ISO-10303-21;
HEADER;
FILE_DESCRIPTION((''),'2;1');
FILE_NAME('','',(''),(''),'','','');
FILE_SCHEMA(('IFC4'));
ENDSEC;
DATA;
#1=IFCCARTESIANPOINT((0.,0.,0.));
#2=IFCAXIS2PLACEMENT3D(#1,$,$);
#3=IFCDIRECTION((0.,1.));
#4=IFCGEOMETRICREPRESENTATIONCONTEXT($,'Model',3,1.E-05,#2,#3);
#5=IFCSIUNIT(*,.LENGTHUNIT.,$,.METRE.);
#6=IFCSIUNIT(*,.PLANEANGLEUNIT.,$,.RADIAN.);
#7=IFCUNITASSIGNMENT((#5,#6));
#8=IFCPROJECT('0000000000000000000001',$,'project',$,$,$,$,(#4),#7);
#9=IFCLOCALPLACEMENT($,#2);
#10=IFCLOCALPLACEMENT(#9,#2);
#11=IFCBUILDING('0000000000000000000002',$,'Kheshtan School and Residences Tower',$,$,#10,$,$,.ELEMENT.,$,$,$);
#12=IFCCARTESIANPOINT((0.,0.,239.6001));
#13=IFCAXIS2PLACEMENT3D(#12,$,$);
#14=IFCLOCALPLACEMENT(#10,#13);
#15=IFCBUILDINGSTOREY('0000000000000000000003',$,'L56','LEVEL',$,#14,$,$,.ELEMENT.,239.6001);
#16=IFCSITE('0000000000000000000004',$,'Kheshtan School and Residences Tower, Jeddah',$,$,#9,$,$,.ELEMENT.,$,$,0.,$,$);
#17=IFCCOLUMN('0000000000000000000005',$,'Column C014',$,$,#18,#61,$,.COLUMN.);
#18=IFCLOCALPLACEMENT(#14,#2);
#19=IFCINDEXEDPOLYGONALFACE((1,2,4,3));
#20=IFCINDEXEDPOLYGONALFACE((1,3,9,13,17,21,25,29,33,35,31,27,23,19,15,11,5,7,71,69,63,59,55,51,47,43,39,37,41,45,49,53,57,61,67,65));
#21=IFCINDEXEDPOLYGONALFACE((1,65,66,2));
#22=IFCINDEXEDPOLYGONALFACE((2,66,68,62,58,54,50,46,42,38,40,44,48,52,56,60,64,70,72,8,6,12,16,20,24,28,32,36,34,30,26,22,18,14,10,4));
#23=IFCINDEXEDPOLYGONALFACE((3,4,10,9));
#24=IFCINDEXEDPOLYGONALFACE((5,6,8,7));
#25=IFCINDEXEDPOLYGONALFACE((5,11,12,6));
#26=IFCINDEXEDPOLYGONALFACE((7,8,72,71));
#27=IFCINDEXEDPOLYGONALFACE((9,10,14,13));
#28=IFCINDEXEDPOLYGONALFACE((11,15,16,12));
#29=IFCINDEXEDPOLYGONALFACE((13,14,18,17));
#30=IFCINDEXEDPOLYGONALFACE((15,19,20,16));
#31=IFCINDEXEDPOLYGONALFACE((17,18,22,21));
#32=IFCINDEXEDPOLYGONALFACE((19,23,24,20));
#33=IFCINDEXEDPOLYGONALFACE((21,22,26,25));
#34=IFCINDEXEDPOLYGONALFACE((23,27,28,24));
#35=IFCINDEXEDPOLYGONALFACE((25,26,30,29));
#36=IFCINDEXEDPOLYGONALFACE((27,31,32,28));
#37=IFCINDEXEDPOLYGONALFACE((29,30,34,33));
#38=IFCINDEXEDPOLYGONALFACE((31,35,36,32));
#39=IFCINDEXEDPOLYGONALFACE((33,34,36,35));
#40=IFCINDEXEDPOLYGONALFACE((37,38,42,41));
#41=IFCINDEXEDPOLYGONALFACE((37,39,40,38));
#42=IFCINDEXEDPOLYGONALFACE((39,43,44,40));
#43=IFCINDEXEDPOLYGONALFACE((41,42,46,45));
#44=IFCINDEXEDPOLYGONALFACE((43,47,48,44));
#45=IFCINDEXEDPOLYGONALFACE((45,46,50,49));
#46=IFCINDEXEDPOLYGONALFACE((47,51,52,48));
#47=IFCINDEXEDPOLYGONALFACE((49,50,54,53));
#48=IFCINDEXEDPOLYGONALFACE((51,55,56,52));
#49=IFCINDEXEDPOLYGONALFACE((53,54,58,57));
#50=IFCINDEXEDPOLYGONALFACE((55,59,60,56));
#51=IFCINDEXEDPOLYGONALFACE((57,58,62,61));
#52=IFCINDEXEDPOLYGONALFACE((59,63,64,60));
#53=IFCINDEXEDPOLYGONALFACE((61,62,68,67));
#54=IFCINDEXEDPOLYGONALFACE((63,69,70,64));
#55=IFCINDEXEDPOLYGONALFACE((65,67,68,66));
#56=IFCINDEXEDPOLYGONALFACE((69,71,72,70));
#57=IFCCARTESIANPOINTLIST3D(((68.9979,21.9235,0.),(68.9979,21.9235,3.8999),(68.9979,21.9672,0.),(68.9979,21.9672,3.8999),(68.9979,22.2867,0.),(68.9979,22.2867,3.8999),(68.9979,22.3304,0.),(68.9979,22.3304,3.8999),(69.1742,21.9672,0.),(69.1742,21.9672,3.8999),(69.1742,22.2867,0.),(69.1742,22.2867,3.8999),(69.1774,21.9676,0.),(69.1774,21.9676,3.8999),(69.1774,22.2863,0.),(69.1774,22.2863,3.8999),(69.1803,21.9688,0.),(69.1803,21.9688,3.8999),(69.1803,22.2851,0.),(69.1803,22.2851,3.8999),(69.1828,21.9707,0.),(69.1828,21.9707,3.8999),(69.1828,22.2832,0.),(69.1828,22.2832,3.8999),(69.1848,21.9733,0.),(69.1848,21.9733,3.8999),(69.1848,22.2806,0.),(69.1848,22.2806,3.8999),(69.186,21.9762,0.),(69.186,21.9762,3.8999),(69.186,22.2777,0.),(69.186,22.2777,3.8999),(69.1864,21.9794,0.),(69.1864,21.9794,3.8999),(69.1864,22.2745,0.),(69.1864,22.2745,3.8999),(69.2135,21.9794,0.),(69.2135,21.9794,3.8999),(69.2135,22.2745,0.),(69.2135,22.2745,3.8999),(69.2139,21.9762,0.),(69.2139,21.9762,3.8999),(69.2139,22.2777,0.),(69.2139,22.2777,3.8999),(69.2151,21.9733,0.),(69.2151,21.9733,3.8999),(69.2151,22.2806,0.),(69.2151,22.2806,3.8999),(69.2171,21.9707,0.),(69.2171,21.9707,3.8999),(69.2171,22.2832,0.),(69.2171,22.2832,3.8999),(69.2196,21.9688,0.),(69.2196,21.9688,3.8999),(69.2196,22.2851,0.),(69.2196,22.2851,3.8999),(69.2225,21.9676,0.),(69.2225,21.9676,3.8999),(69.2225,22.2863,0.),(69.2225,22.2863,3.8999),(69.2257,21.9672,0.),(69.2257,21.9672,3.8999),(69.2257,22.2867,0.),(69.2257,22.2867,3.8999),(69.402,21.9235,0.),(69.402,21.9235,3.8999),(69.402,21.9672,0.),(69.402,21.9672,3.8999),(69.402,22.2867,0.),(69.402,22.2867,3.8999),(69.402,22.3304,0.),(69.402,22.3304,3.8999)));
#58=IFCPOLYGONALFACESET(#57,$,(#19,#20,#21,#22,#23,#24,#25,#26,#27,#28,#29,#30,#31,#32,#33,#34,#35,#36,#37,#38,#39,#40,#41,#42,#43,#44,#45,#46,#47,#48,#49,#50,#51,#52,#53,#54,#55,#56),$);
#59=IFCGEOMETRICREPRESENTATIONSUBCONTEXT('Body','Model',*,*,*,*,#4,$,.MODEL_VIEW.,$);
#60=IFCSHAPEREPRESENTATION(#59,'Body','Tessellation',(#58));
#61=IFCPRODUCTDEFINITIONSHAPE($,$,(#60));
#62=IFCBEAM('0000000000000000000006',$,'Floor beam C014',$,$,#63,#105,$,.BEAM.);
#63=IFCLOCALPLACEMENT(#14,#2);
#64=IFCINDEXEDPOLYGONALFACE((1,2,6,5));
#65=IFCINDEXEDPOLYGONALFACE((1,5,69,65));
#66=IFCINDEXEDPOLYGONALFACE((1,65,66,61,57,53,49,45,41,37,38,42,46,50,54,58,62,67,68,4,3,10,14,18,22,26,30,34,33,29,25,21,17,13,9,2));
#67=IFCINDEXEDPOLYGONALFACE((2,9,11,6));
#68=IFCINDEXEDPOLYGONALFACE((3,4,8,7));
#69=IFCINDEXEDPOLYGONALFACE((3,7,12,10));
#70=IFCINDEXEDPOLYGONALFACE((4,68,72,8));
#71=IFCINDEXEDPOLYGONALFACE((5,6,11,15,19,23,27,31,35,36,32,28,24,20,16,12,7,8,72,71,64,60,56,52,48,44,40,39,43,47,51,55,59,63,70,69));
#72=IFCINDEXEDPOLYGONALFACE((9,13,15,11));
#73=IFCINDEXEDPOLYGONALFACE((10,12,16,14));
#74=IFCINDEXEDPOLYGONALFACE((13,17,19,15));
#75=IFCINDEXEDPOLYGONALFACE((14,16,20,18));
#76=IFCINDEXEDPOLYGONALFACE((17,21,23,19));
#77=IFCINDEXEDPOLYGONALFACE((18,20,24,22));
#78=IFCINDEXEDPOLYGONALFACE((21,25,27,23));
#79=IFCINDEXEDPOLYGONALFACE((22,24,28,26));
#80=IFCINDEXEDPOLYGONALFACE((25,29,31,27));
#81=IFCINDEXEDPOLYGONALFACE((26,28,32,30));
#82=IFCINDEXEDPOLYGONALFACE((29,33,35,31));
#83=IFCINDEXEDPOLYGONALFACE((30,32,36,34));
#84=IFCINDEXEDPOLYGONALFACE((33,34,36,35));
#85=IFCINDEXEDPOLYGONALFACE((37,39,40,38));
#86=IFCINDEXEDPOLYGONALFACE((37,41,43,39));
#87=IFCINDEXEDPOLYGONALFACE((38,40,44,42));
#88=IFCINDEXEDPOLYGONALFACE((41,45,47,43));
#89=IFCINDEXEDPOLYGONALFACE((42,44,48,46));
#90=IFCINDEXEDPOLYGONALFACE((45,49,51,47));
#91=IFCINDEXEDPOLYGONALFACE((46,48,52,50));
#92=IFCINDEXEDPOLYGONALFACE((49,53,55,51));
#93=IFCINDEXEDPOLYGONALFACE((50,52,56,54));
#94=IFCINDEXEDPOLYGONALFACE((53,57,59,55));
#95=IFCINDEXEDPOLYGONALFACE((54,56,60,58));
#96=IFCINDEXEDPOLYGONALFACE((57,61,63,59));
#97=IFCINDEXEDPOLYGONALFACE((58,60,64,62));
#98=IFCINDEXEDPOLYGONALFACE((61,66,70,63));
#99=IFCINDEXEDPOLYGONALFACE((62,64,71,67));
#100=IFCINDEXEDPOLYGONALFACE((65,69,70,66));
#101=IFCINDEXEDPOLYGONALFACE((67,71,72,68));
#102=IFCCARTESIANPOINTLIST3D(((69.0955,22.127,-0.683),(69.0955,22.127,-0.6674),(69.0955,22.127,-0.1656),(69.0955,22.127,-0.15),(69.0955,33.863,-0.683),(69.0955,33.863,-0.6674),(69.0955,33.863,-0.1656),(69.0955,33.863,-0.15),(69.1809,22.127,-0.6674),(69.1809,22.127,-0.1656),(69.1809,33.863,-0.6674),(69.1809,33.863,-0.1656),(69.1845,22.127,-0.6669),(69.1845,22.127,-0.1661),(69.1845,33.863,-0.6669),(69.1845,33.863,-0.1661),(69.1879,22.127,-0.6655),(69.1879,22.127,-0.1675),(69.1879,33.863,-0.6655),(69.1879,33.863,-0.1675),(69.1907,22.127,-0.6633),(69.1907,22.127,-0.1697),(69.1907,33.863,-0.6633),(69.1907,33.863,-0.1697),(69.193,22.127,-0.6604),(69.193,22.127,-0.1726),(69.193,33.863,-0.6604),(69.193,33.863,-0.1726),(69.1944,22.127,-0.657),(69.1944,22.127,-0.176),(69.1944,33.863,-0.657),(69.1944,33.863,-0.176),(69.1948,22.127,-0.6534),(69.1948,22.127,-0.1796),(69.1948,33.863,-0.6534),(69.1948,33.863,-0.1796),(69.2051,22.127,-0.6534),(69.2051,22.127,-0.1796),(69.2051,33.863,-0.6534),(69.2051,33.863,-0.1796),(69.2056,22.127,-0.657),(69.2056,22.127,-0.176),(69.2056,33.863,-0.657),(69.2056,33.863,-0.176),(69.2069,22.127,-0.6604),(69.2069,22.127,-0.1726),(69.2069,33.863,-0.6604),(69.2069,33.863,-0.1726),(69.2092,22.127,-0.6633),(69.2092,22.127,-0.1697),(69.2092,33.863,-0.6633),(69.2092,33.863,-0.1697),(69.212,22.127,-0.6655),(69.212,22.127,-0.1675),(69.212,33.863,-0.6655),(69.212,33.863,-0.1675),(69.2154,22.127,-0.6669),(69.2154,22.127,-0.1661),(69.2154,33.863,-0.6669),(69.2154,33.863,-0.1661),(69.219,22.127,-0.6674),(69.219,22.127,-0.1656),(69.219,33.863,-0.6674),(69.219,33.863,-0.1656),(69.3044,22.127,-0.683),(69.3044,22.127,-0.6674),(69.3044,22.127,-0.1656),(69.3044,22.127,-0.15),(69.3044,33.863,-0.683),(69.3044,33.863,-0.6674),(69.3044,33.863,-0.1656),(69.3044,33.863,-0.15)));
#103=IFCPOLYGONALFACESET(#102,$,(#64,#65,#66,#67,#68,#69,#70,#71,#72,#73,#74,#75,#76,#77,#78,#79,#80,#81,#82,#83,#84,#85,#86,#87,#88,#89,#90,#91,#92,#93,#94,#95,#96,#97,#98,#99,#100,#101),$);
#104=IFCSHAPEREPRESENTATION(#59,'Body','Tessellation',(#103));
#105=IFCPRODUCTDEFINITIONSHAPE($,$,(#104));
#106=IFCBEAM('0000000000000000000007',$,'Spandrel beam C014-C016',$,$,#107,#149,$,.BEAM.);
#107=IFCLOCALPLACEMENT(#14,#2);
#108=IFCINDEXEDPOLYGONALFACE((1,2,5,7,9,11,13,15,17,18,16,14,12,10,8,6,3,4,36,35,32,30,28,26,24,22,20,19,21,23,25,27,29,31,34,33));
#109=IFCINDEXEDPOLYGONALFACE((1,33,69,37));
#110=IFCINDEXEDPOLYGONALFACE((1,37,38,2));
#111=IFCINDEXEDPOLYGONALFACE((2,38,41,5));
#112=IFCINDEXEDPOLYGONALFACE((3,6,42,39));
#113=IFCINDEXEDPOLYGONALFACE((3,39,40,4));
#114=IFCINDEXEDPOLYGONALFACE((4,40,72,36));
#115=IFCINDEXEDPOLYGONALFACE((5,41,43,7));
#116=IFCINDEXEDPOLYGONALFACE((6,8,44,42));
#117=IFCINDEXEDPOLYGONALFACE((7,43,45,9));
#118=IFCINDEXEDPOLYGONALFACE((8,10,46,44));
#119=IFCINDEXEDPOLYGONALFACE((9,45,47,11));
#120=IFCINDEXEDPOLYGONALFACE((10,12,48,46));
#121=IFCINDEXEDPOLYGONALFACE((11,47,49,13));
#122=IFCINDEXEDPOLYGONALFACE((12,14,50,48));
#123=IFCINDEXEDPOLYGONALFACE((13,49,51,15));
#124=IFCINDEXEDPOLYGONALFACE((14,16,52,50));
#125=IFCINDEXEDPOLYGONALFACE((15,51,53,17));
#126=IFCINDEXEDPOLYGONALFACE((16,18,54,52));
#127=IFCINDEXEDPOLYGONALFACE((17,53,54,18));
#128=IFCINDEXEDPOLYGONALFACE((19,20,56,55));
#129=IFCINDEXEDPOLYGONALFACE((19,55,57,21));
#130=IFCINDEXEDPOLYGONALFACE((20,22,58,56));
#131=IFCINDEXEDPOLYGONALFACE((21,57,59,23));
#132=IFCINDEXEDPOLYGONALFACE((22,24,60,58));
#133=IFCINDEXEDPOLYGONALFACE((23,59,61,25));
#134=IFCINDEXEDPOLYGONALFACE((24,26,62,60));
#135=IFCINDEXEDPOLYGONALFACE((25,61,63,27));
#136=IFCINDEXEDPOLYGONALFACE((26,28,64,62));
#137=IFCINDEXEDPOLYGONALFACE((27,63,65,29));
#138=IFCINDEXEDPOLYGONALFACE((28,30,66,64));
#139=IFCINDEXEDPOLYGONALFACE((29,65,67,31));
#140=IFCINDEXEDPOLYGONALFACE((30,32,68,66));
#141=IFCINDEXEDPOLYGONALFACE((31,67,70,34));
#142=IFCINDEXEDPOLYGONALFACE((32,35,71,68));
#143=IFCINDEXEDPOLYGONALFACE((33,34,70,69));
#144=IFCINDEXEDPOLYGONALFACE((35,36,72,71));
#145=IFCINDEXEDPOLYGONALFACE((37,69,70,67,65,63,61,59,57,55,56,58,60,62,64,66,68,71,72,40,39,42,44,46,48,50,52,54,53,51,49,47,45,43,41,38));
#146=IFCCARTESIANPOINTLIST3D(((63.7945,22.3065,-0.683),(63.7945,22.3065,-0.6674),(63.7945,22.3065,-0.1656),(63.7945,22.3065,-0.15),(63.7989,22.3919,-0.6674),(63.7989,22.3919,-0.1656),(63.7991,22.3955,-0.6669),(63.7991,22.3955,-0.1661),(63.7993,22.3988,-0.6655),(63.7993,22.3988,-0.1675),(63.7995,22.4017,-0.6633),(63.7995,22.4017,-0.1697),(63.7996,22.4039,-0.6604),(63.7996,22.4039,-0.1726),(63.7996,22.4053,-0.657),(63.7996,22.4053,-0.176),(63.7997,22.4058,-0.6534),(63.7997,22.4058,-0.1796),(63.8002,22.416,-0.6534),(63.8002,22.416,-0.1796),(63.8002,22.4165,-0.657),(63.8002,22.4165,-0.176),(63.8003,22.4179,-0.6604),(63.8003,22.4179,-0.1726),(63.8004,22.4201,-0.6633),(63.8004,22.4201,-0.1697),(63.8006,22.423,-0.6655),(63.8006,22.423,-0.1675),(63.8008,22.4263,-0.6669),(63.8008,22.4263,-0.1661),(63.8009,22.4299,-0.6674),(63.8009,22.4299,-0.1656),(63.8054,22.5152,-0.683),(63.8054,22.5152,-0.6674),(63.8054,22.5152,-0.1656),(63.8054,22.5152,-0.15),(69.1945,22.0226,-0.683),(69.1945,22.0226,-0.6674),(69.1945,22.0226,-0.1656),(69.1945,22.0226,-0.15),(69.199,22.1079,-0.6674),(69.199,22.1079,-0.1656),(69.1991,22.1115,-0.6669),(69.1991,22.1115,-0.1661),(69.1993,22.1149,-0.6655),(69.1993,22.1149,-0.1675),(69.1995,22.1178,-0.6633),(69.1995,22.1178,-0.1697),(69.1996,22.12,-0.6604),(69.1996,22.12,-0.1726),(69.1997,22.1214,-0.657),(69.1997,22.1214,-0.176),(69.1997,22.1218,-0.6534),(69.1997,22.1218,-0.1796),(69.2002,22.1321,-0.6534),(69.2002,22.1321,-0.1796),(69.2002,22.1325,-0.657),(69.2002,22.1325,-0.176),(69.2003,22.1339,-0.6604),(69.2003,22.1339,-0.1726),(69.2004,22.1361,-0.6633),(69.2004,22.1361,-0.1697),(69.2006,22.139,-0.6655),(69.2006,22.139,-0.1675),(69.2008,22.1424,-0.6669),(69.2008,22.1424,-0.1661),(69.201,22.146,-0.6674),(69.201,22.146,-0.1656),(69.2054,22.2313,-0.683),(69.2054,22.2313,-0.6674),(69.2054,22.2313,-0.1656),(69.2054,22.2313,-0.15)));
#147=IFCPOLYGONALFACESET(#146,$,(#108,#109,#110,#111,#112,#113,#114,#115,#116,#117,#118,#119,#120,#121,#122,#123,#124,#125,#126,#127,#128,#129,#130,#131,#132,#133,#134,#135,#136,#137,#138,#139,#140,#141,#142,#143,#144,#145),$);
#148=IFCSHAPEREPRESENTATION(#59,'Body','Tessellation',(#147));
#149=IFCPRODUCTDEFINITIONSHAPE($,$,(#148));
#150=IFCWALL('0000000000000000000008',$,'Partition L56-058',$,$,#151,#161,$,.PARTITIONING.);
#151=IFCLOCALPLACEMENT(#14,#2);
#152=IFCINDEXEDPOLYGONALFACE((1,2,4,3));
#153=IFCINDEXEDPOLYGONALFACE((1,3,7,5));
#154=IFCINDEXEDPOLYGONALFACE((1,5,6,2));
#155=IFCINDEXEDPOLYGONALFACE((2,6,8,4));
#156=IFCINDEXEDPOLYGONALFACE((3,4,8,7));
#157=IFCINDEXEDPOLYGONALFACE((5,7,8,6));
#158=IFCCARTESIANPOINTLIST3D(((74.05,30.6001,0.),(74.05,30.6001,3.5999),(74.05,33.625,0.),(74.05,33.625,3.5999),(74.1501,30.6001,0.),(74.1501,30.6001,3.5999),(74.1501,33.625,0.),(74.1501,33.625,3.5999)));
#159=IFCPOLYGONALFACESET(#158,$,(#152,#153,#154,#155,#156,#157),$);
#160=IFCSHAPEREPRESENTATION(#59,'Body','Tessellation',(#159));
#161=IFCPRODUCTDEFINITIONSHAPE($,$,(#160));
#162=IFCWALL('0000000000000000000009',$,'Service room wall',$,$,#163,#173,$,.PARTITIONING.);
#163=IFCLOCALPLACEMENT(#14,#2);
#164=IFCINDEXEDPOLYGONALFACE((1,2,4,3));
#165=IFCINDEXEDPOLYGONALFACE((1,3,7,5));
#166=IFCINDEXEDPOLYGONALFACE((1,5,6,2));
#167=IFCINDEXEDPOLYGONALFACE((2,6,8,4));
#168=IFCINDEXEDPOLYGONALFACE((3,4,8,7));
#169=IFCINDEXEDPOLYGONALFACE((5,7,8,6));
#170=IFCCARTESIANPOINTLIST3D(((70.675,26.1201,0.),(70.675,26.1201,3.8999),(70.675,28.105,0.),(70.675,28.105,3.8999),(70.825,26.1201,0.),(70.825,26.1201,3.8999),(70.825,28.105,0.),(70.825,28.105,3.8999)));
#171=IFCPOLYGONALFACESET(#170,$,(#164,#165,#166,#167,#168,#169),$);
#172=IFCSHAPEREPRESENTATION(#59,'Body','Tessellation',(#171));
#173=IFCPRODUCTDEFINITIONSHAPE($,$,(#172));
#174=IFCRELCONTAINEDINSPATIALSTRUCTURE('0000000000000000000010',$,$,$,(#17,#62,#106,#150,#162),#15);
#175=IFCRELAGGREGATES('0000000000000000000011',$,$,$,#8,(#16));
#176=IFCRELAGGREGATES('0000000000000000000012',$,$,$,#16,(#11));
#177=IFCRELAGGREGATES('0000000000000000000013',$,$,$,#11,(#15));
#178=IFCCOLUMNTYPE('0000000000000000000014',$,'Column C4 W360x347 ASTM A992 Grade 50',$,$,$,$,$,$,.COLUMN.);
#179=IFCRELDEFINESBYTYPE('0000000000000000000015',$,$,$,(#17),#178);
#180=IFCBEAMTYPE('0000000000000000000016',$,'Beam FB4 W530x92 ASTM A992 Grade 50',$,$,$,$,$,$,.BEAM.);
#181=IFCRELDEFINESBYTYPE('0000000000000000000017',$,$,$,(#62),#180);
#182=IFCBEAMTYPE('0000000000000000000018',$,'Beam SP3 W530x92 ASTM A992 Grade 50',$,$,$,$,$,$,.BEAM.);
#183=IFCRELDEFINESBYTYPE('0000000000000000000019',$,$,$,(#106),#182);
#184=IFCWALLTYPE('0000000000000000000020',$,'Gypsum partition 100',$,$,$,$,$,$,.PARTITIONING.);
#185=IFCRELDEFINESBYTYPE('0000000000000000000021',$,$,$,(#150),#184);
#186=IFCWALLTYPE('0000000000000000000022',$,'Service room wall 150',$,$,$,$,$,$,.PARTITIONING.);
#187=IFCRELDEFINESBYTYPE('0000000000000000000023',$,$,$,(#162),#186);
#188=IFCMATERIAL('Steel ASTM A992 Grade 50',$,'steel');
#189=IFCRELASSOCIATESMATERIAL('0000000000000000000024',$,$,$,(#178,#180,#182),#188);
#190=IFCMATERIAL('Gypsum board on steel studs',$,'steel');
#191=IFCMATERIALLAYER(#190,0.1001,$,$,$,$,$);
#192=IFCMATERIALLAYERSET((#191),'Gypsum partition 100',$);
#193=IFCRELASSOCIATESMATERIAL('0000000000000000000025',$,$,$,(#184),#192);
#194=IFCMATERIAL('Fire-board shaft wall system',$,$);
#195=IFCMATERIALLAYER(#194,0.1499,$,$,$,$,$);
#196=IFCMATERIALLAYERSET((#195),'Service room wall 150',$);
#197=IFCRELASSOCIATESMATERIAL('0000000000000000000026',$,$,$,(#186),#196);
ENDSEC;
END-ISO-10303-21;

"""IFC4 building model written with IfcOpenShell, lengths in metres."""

from ifc_helpers import new_model, si_unit, direction, frame, frame_2d, origin, origin_2d, place, context, subcontext, project, spatial, rectangle, i_section, extrude, material, layer, layer_set, material_profile, profile_set, type_object, element, save


model = new_model("IFC4")

# Units and contexts
model_context = context("Model", 3, precision=1e-05, world=origin(), true_north=direction((0.0, 1.0)))
body_context = subcontext(model_context, "Body", "Model", "MODEL_VIEW")
ifc_project = project(units=[si_unit("LENGTHUNIT", "METRE"), si_unit("PLANEANGLEUNIT", "RADIAN")], contexts=[model_context])

# Site, building, storey
site_placement = place(None, origin())
site = spatial("IfcSite", under=ifc_project, at=site_placement, Name="Kheshtan School and Residences Tower, Jeddah", CompositionType="ELEMENT", RefElevation=0.0)
building_placement = place(site_placement, origin())
building = spatial("IfcBuilding", under=site, at=building_placement, Name="Kheshtan School and Residences Tower", CompositionType="ELEMENT")
storey_placement = place(building_placement, frame((0.0, 0.0, 239.6001)))
storey = spatial("IfcBuildingStorey", under=building, at=storey_placement, Name="L56", Description="LEVEL", CompositionType="ELEMENT", Elevation=239.6001)

# Column
ifc_material_1 = material(Name="Steel ASTM A992 Grade 50", Category="steel")
ifc_material_profile_1 = material_profile(ifc_material_1, i_section(OverallWidth=0.4041, OverallDepth=0.407, WebThickness=0.0271, FlangeThickness=0.0437, FilletRadius=0.0122, at=origin_2d()), Name="W360x347")
ifc_profile_set_1 = profile_set([ifc_material_profile_1], Name="Steel ASTM A992 Grade 50")
column_type = type_object("IfcColumnType", Name="Column C4 W360x347 ASTM A992 Grade 50", PredefinedType="COLUMN", material=ifc_profile_set_1)
column_placement = place(storey_placement, frame((69.2, 22.127, 0.0), z_axis=(0.0, 0.0, 1.0), x_axis=(1.0, 0.0, 0.0)))
element("IfcColumn", 1, at=column_placement, inside=storey, type_object=column_type, Name="Column C014", PredefinedType="COLUMN", context=body_context, shape_type="SweptSolid", body=[
    extrude(i_section(OverallWidth=0.4041, OverallDepth=0.407, WebThickness=0.0271, FlangeThickness=0.0437, FilletRadius=0.0122, at=origin_2d()), origin(), (0.0, 0.0, 1.0), 3.8999),
])

# Beams
ifc_material_profile_2 = material_profile(ifc_material_1, i_section(OverallWidth=0.209, OverallDepth=0.533, WebThickness=0.0103, FlangeThickness=0.0156, FilletRadius=0.0139, at=origin_2d()), Name="W530x92")
ifc_profile_set_2 = profile_set([ifc_material_profile_2], Name="Steel ASTM A992 Grade 50")
beam_type_1 = type_object("IfcBeamType", Name="Beam FB4 W530x92 ASTM A992 Grade 50", PredefinedType="BEAM", material=ifc_profile_set_2)
beam_1_placement = place(storey_placement, frame((69.2, 22.127, -0.4165), z_axis=(0.0, 1.0, 0.0), x_axis=(-1.0, 0.0, 0.0)))
element("IfcBeam", 2, at=beam_1_placement, inside=storey, type_object=beam_type_1, Name="Floor beam C014", PredefinedType="BEAM", context=body_context, shape_type="SweptSolid", body=[
    extrude(i_section(OverallWidth=0.209, OverallDepth=0.533, WebThickness=0.0103, FlangeThickness=0.0156, FilletRadius=0.0139, at=origin_2d()), origin(), (0.0, 0.0, 1.0), 11.7361),
])
ifc_material_profile_3 = material_profile(ifc_material_1, i_section(OverallWidth=0.209, OverallDepth=0.533, WebThickness=0.0103, FlangeThickness=0.0156, FilletRadius=0.0139, at=origin_2d()), Name="W530x92")
ifc_profile_set_3 = profile_set([ifc_material_profile_3], Name="Steel ASTM A992 Grade 50")
beam_type_2 = type_object("IfcBeamType", Name="Beam SP3 W530x92 ASTM A992 Grade 50", PredefinedType="BEAM", material=ifc_profile_set_3)
beam_2_placement = place(storey_placement, frame((69.2, 22.127, -0.4165), z_axis=(-0.99862, 0.052509, 0.0), x_axis=(-0.052509, -0.99862, 0.0)))
element("IfcBeam", 3, at=beam_2_placement, inside=storey, type_object=beam_type_2, Name="Spandrel beam C014-C016", PredefinedType="BEAM", context=body_context, shape_type="SweptSolid", body=[
    extrude(i_section(OverallWidth=0.209, OverallDepth=0.533, WebThickness=0.0103, FlangeThickness=0.0156, FilletRadius=0.0139, at=origin_2d()), origin(), (0.0, 0.0, 1.0), 5.4075),
])

# Walls
ifc_material_2 = material(Name="Gypsum board on steel studs", Category="steel")
ifc_layer_1 = layer(ifc_material_2, 0.1001)
ifc_layer_set_1 = layer_set([ifc_layer_1], Name="Gypsum partition 100")
wall_type_1 = type_object("IfcWallType", Name="Gypsum partition 100", PredefinedType="PARTITIONING", material=ifc_layer_set_1)
wall_1_placement = place(storey_placement, frame((74.1001, 30.6001, 0.0), z_axis=(0.0, 0.0, 1.0), x_axis=(0.0, 1.0, 0.0)))
element("IfcWall", 4, at=wall_1_placement, inside=storey, type_object=wall_type_1, Name="Partition L56-058", PredefinedType="PARTITIONING", context=body_context, shape_type="SweptSolid", body=[
    extrude(rectangle(XDim=3.0249, YDim=0.1001, at=frame_2d((1.5125, 0.0))), origin(), (0.0, 0.0, 1.0), 3.5999),
])
ifc_material_3 = material(Name="Fire-board shaft wall system")
ifc_layer_2 = layer(ifc_material_3, 0.1499)
ifc_layer_set_2 = layer_set([ifc_layer_2], Name="Service room wall 150")
wall_type_2 = type_object("IfcWallType", Name="Service room wall 150", PredefinedType="PARTITIONING", material=ifc_layer_set_2)
wall_2_placement = place(storey_placement, frame((70.75, 26.1201, 0.0), z_axis=(0.0, 0.0, 1.0), x_axis=(0.0, 1.0, 0.0)))
element("IfcWall", 5, at=wall_2_placement, inside=storey, type_object=wall_type_2, Name="Service room wall", PredefinedType="PARTITIONING", context=body_context, shape_type="SweptSolid", body=[
    extrude(rectangle(XDim=1.9849, YDim=0.1499, at=frame_2d((0.9924, 0.0))), origin(), (0.0, 0.0, 1.0), 3.8999),
])

save(model, "model.ifc")
